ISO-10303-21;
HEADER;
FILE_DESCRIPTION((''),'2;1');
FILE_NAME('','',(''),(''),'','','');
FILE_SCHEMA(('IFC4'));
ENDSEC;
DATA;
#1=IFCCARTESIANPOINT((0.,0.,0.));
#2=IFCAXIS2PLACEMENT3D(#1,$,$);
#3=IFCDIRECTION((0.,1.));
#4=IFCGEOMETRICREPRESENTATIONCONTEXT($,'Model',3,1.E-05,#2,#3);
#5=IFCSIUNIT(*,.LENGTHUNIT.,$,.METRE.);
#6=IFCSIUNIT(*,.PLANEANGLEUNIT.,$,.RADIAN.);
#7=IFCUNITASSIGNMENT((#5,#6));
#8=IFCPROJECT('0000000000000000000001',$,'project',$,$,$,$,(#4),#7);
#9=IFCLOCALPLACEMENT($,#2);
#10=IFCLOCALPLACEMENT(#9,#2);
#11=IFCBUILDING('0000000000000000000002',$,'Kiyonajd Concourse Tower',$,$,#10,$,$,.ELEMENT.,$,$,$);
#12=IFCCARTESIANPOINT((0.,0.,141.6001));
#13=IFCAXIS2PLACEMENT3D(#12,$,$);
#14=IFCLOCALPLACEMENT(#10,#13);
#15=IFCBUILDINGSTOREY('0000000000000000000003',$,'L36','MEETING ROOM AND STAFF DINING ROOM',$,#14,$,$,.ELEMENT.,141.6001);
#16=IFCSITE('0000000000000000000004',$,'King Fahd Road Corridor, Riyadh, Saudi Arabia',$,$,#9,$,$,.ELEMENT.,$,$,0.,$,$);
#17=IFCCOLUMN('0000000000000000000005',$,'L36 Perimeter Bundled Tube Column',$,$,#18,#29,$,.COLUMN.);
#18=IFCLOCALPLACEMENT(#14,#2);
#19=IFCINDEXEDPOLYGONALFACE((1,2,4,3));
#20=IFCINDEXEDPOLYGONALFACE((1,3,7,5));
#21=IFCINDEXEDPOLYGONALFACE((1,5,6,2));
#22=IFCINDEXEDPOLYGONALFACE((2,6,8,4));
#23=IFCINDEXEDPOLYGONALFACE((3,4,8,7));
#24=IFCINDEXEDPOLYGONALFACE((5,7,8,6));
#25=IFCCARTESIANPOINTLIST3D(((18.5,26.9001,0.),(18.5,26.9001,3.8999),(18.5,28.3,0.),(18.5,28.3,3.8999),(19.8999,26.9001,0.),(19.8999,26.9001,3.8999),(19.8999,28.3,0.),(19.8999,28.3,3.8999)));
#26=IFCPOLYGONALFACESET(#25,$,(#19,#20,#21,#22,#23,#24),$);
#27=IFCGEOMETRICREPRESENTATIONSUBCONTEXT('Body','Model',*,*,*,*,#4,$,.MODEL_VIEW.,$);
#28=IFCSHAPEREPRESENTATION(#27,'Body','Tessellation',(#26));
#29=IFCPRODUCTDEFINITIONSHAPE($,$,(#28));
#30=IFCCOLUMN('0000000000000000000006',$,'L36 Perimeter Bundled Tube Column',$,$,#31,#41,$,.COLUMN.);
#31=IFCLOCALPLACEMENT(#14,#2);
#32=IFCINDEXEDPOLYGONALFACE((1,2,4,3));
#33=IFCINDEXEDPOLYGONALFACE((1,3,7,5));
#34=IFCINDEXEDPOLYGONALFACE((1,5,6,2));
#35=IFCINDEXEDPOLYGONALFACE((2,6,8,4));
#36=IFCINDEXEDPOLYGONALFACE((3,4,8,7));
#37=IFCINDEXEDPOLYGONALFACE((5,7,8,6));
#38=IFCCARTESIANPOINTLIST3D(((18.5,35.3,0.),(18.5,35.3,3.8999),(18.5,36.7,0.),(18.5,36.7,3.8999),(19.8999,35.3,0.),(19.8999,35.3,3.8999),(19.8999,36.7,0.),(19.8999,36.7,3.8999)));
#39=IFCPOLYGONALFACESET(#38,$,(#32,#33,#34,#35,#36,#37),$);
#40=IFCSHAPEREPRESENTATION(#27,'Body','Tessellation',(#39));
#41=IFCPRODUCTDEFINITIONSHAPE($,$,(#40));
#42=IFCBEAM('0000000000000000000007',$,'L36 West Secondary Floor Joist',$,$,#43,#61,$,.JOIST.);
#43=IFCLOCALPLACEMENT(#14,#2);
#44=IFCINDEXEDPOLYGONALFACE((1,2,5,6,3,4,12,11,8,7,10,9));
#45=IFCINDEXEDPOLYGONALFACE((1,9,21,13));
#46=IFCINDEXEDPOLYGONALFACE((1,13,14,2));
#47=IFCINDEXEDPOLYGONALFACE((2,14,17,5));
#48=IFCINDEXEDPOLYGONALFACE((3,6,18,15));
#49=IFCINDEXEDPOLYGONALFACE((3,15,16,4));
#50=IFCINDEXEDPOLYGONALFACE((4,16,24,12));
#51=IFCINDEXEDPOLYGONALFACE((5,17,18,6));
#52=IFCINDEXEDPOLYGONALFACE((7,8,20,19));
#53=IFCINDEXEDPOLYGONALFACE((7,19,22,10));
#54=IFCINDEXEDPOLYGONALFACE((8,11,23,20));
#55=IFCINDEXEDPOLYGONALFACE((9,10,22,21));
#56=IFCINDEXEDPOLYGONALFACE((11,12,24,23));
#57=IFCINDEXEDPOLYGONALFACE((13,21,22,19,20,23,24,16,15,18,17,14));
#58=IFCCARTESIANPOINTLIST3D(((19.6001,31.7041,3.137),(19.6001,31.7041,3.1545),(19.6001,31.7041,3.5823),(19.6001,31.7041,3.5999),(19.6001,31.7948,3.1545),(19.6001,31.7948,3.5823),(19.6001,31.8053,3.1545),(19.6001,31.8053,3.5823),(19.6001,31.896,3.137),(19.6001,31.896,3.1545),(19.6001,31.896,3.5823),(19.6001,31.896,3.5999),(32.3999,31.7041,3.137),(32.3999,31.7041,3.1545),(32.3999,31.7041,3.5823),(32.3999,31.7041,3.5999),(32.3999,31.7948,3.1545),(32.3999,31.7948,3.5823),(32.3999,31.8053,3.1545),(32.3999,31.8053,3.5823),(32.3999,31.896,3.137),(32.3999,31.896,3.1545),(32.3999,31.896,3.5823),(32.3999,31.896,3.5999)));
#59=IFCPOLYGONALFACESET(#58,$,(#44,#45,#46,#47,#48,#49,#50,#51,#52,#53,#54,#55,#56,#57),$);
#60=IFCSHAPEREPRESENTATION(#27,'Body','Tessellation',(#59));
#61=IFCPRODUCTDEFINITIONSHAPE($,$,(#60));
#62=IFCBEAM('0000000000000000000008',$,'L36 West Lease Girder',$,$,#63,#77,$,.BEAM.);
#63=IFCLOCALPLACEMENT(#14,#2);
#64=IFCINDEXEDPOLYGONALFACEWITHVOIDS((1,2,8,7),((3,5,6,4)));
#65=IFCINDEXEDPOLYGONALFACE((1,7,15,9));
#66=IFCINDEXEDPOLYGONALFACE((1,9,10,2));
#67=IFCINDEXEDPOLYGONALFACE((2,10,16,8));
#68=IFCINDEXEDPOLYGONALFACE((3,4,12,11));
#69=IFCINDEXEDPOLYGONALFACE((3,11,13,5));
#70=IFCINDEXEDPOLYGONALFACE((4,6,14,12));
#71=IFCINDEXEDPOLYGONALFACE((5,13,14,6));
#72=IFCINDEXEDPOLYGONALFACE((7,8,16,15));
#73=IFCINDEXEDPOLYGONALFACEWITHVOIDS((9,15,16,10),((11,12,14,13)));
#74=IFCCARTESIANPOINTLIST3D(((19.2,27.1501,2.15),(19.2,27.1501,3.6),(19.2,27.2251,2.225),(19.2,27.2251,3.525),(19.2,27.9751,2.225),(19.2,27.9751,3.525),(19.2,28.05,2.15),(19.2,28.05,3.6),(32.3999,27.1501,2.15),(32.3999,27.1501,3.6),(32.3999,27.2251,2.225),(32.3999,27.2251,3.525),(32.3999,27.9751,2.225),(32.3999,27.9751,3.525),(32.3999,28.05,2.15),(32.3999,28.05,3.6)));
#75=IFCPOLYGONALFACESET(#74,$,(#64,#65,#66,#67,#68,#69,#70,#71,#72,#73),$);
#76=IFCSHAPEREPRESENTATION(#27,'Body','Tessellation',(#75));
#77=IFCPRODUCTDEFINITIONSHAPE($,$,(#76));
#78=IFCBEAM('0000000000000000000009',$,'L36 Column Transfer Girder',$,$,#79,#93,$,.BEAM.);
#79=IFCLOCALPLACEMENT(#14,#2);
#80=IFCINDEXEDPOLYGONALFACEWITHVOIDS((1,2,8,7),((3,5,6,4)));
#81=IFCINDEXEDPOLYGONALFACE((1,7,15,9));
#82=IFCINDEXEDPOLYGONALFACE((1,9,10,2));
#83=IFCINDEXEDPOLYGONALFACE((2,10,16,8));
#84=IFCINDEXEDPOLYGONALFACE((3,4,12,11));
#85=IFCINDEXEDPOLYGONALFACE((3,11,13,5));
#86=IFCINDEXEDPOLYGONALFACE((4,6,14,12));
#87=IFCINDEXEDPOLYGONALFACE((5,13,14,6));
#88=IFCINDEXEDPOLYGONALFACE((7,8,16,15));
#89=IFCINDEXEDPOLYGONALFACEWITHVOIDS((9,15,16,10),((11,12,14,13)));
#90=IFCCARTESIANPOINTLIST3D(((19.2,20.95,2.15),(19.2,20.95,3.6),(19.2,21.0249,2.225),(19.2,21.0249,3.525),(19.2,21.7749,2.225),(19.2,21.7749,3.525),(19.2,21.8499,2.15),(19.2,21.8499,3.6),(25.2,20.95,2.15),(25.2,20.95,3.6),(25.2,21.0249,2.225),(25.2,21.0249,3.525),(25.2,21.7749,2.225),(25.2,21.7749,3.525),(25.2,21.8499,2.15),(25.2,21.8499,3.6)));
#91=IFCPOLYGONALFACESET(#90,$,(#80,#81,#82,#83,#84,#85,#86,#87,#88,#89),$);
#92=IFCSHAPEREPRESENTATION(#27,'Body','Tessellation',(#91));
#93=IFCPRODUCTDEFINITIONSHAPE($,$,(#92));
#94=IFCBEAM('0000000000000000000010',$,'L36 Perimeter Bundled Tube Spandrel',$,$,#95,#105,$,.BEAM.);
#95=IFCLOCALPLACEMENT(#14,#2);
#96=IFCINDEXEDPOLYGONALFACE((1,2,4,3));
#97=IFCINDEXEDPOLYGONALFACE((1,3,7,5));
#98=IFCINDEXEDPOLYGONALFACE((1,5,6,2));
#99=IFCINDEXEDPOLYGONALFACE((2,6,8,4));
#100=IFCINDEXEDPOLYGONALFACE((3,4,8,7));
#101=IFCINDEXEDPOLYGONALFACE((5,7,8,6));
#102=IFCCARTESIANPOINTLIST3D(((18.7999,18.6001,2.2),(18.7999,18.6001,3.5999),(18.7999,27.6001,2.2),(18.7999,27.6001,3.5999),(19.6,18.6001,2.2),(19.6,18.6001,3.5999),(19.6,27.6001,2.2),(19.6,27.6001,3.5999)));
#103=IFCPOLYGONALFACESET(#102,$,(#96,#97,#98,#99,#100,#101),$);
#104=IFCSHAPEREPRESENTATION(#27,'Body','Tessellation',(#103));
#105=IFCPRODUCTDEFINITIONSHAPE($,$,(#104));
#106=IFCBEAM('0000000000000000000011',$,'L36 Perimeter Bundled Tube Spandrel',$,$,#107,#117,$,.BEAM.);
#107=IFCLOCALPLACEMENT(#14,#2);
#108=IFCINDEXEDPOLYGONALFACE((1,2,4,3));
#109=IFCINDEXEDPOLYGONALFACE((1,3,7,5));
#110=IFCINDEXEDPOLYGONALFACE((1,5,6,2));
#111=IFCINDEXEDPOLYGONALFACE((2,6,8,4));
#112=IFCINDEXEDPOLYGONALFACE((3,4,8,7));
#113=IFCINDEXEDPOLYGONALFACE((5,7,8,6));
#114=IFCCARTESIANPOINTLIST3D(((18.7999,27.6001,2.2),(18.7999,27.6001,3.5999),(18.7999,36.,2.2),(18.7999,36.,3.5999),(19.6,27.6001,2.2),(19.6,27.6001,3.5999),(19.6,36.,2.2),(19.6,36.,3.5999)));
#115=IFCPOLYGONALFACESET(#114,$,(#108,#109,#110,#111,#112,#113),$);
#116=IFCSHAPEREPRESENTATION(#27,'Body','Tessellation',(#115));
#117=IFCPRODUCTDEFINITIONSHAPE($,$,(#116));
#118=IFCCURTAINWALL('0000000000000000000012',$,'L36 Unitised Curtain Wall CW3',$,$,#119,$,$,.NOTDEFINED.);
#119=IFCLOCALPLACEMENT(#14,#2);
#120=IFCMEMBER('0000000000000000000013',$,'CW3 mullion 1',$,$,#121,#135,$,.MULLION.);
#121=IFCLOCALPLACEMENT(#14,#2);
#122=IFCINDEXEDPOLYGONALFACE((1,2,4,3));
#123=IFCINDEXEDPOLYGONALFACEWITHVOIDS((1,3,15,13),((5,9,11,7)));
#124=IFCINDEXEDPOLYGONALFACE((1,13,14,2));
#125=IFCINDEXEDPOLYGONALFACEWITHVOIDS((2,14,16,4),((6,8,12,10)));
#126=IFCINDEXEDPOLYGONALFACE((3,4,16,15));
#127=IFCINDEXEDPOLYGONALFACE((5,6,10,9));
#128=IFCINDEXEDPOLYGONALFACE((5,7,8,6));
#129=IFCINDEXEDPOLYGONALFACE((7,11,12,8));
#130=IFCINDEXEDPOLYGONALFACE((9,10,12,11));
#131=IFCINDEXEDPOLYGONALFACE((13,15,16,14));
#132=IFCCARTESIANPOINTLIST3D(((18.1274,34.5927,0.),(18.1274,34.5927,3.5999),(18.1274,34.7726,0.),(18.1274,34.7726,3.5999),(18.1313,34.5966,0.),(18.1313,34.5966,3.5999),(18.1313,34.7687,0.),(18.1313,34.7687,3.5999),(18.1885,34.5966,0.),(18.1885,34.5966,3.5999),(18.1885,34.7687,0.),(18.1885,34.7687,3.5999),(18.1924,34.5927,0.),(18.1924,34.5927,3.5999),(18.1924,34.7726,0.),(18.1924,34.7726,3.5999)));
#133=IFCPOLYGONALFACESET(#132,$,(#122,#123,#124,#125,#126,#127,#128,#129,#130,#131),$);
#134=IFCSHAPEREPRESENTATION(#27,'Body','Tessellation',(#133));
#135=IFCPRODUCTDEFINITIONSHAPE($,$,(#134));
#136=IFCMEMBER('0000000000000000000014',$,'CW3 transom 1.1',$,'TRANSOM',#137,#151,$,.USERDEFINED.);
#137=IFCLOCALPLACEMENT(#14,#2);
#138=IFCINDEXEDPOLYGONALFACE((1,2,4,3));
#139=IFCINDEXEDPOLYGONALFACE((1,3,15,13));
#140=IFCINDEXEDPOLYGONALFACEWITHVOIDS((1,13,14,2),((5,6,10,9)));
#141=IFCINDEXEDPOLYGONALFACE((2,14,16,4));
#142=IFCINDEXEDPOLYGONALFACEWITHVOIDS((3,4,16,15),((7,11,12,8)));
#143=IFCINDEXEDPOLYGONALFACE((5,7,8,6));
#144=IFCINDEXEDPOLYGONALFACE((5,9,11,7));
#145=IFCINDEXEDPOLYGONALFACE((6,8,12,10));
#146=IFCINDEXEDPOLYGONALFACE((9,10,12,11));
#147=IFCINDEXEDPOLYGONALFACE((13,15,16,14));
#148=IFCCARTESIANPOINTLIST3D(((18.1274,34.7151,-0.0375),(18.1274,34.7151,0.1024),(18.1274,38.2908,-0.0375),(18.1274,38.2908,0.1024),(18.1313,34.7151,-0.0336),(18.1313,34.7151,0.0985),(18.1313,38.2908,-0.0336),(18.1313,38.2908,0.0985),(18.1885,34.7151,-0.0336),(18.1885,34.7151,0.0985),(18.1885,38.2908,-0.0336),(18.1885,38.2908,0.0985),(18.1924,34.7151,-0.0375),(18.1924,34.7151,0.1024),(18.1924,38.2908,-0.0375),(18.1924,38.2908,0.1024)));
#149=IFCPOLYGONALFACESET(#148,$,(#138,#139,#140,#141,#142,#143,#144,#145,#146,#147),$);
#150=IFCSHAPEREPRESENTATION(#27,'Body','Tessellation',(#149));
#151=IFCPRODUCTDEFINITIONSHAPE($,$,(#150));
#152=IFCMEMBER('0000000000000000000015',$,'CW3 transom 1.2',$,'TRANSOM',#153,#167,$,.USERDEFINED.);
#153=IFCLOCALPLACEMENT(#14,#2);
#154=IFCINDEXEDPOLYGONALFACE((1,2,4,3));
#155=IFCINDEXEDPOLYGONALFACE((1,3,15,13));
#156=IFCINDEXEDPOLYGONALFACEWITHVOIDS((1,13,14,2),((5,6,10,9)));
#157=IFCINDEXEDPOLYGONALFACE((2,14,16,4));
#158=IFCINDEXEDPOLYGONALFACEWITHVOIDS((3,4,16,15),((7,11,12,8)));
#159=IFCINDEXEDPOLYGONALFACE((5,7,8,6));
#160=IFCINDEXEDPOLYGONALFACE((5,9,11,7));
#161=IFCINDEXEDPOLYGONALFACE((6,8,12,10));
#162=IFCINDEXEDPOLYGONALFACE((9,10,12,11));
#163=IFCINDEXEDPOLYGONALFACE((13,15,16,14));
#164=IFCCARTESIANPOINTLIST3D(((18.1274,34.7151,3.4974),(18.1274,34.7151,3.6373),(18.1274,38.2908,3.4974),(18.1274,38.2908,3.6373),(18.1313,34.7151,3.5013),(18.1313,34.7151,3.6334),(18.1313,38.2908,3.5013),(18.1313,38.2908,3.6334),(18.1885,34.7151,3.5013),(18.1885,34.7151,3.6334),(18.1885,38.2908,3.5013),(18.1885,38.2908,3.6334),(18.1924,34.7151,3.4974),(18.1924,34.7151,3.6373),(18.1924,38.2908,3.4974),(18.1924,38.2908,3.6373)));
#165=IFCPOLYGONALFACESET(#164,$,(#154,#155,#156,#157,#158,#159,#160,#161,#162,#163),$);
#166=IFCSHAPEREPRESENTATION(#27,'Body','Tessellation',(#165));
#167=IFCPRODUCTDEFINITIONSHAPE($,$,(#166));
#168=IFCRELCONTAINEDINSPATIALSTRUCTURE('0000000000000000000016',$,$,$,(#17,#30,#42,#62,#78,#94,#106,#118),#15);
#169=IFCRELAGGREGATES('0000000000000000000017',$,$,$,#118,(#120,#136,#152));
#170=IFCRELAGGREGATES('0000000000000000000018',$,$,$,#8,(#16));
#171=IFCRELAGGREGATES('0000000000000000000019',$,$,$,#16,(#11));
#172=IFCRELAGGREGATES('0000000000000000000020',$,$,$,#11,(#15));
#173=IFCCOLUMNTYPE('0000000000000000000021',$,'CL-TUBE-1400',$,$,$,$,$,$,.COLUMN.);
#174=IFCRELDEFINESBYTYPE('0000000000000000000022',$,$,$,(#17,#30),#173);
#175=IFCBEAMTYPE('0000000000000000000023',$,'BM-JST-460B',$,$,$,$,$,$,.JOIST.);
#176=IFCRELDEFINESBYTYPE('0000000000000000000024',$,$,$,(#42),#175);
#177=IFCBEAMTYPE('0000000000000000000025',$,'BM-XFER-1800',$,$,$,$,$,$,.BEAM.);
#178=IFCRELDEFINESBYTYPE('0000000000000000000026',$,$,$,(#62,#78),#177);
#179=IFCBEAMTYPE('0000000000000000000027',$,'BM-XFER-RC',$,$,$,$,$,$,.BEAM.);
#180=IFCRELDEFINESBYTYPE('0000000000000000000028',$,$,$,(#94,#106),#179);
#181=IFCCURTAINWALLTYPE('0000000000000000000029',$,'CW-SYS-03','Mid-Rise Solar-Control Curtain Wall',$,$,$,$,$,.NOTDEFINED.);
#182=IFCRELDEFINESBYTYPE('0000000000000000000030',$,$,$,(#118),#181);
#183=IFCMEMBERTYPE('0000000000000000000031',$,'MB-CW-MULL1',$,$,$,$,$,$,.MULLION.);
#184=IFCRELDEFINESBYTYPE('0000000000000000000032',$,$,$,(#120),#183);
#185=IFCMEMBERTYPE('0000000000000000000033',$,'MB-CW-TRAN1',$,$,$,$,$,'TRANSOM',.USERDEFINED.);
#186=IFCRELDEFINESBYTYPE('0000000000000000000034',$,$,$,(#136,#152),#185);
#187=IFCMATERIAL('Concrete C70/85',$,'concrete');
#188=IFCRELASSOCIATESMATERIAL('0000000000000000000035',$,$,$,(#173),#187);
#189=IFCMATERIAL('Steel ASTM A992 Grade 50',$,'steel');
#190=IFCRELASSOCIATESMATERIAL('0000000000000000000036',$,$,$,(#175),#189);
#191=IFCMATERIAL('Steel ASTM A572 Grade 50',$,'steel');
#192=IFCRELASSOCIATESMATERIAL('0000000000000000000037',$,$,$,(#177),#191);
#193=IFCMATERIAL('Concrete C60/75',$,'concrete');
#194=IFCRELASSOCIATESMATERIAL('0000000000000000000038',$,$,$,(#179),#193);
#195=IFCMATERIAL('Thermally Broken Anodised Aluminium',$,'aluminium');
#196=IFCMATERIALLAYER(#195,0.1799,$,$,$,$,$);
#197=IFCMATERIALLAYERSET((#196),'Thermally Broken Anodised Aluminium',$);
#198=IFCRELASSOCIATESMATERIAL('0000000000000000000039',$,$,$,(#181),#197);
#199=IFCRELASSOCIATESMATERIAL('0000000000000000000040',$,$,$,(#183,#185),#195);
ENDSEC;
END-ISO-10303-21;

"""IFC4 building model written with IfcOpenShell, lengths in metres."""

from ifc_helpers import new_model, si_unit, direction, frame, origin, origin_2d, place, context, subcontext, project, spatial, rectangle, hollow_rectangle, i_section, extrude, material, layer, layer_set, material_profile, profile_set, type_object, element, aggregate, save


model = new_model("IFC4")

# Units and contexts
model_context = context("Model", 3, precision=1e-05, world=origin(), true_north=direction((0.0, 1.0)))
body_context = subcontext(model_context, "Body", "Model", "MODEL_VIEW")
ifc_project = project(units=[si_unit("LENGTHUNIT", "METRE"), si_unit("PLANEANGLEUNIT", "RADIAN")], contexts=[model_context])

# Site, building, storey
site_placement = place(None, origin())
site = spatial("IfcSite", under=ifc_project, at=site_placement, Name="King Fahd Road Corridor, Riyadh, Saudi Arabia", CompositionType="ELEMENT", RefElevation=0.0)
building_placement = place(site_placement, origin())
building = spatial("IfcBuilding", under=site, at=building_placement, Name="Kiyonajd Concourse Tower", CompositionType="ELEMENT")
storey_placement = place(building_placement, frame((0.0, 0.0, 141.6001)))
storey = spatial("IfcBuildingStorey", under=building, at=storey_placement, Name="L36", Description="MEETING ROOM AND STAFF DINING ROOM", CompositionType="ELEMENT", Elevation=141.6001)

# Columns
ifc_material_1 = material(Name="Concrete C70/85", Category="concrete")
ifc_material_profile_1 = material_profile(ifc_material_1, rectangle(XDim=1.3999, YDim=1.3999, at=origin_2d()), Name="RC-1400x1400")
ifc_profile_set_1 = profile_set([ifc_material_profile_1], Name="Concrete C70/85")
column_type = type_object("IfcColumnType", Name="CL-TUBE-1400", PredefinedType="COLUMN", material=ifc_profile_set_1)
for number, where, z_axis, x_axis, name in (
    (1, (19.2, 27.6001, 0.0), (0.0, 0.0, 1.0), (1.0, 0.0, 0.0), "L36 Perimeter Bundled Tube Column"),
    (2, (19.2, 36.0, 0.0), (0.0, 0.0, 1.0), (1.0, 0.0, 0.0), "L36 Perimeter Bundled Tube Column"),
):
    element("IfcColumn", number, at=place(storey_placement, frame(where, z_axis=z_axis, x_axis=x_axis)), inside=storey, type_object=column_type, Name=name, PredefinedType="COLUMN", context=body_context, shape_type="SweptSolid", body=[
        extrude(rectangle(XDim=1.3999, YDim=1.3999, at=origin_2d()), origin(), (0.0, 0.0, 1.0), 3.8999),
    ])

# Beams
ifc_material_2 = material(Name="Steel ASTM A992 Grade 50", Category="steel")
ifc_material_profile_2 = material_profile(ifc_material_2, i_section(OverallWidth=0.1919, OverallDepth=0.4629, WebThickness=0.0105, FlangeThickness=0.0176, at=origin_2d()), Name="W460X89")
ifc_profile_set_2 = profile_set([ifc_material_profile_2], Name="Steel ASTM A992 Grade 50")
beam_type_1 = type_object("IfcBeamType", Name="BM-JST-460B", PredefinedType="JOIST", material=ifc_profile_set_2)
beam_1_placement = place(storey_placement, frame((19.6001, 31.8, 3.3684), z_axis=(1.0, 0.0, 0.0), x_axis=(0.0, 1.0, 0.0)))
element("IfcBeam", 3, at=beam_1_placement, inside=storey, type_object=beam_type_1, Name="L36 West Secondary Floor Joist", PredefinedType="JOIST", context=body_context, shape_type="SweptSolid", body=[
    extrude(i_section(OverallWidth=0.1919, OverallDepth=0.4629, WebThickness=0.0105, FlangeThickness=0.0176, at=origin_2d()), origin(), (0.0, 0.0, 1.0), 12.7998),
])
ifc_material_3 = material(Name="Steel ASTM A572 Grade 50", Category="steel")
ifc_material_profile_3 = material_profile(ifc_material_3, hollow_rectangle(XDim=0.8999, YDim=1.45, WallThickness=0.075, at=origin_2d()), Name="BOX-1450x900x75")
ifc_profile_set_3 = profile_set([ifc_material_profile_3], Name="Steel ASTM A572 Grade 50")
beam_type_2 = type_object("IfcBeamType", Name="BM-XFER-1800", PredefinedType="BEAM", material=ifc_profile_set_3)
beam_2_placement = place(storey_placement, frame((19.2, 27.6001, 2.875), z_axis=(1.0, 0.0, 0.0), x_axis=(0.0, 1.0, 0.0)))
element("IfcBeam", 4, at=beam_2_placement, inside=storey, type_object=beam_type_2, Name="L36 West Lease Girder", PredefinedType="BEAM", context=body_context, shape_type="SweptSolid", body=[
    extrude(hollow_rectangle(XDim=0.8999, YDim=1.45, WallThickness=0.075, at=origin_2d()), origin(), (0.0, 0.0, 1.0), 13.2),
])
beam_3_placement = place(storey_placement, frame((19.2, 21.3999, 2.875), z_axis=(1.0, 0.0, 0.0), x_axis=(0.0, 1.0, 0.0)))
element("IfcBeam", 5, at=beam_3_placement, inside=storey, type_object=beam_type_2, Name="L36 Column Transfer Girder", PredefinedType="BEAM", context=body_context, shape_type="SweptSolid", body=[
    extrude(hollow_rectangle(XDim=0.8999, YDim=1.45, WallThickness=0.075, at=origin_2d()), origin(), (0.0, 0.0, 1.0), 6.0),
])
ifc_material_4 = material(Name="Concrete C60/75", Category="concrete")
ifc_material_profile_4 = material_profile(ifc_material_4, rectangle(XDim=0.8, YDim=1.3999, at=origin_2d()), Name="RCBM-800x1400")
ifc_profile_set_4 = profile_set([ifc_material_profile_4], Name="Concrete C60/75")
beam_type_3 = type_object("IfcBeamType", Name="BM-XFER-RC", PredefinedType="BEAM", material=ifc_profile_set_4)
beam_4_placement = place(storey_placement, frame((19.2, 27.6001, 2.8999), z_axis=(0.0, -1.0, 0.0), x_axis=(1.0, 0.0, 0.0)))
element("IfcBeam", 6, at=beam_4_placement, inside=storey, type_object=beam_type_3, Name="L36 Perimeter Bundled Tube Spandrel", PredefinedType="BEAM", context=body_context, shape_type="SweptSolid", body=[
    extrude(rectangle(XDim=0.8, YDim=1.3999, at=origin_2d()), origin(), (0.0, 0.0, 1.0), 9.0),
])
beam_5_placement = place(storey_placement, frame((19.2, 36.0, 2.8999), z_axis=(0.0, -1.0, 0.0), x_axis=(1.0, 0.0, 0.0)))
element("IfcBeam", 7, at=beam_5_placement, inside=storey, type_object=beam_type_3, Name="L36 Perimeter Bundled Tube Spandrel", PredefinedType="BEAM", context=body_context, shape_type="SweptSolid", body=[
    extrude(rectangle(XDim=0.8, YDim=1.3999, at=origin_2d()), origin(), (0.0, 0.0, 1.0), 8.3999),
])

# Curtain wall, members
ifc_material_5 = material(Name="Thermally Broken Anodised Aluminium", Category="aluminium")
ifc_layer_1 = layer(ifc_material_5, 0.1799)
ifc_layer_set_1 = layer_set([ifc_layer_1], Name="Thermally Broken Anodised Aluminium")
curtain_wall_type = type_object("IfcCurtainWallType", Name="CW-SYS-03", Description="Mid-Rise Solar-Control Curtain Wall", PredefinedType="NOTDEFINED", material=ifc_layer_set_1)
curtain_wall_placement = place(storey_placement, origin())
curtain_wall = element("IfcCurtainWall", 8, at=curtain_wall_placement, inside=storey, type_object=curtain_wall_type, Name="L36 Unitised Curtain Wall CW3", PredefinedType="NOTDEFINED")
ifc_material_profile_5 = material_profile(ifc_material_5, hollow_rectangle(XDim=0.0649, YDim=0.1799, WallThickness=0.0039, at=origin_2d()), Name="MULL-65x180")
ifc_profile_set_5 = profile_set([ifc_material_profile_5], Name="Thermally Broken Anodised Aluminium")
member_type_1 = type_object("IfcMemberType", Name="MB-CW-MULL1", PredefinedType="MULLION", material=ifc_profile_set_5)
member_1_placement = place(storey_placement, frame((18.1599, 34.6826, 0.0), z_axis=(0.0, 0.0, 1.0), x_axis=(-1.0, 0.0, 0.0)))
member_1 = element("IfcMember", 9, at=member_1_placement, type_object=member_type_1, Name="CW3 mullion 1", PredefinedType="MULLION", context=body_context, shape_type="SweptSolid", body=[
    extrude(hollow_rectangle(XDim=0.0649, YDim=0.1799, WallThickness=0.0039, at=origin_2d()), origin(), (0.0, 0.0, 1.0), 3.5999),
])
ifc_material_profile_6 = material_profile(ifc_material_5, hollow_rectangle(XDim=0.0649, YDim=0.1399, WallThickness=0.0039, at=origin_2d()), Name="TRAN-65x140")
ifc_profile_set_6 = profile_set([ifc_material_profile_6], Name="Thermally Broken Anodised Aluminium")
member_type_2 = type_object("IfcMemberType", Name="MB-CW-TRAN1", ElementType="TRANSOM", PredefinedType="USERDEFINED", material=ifc_profile_set_6)
member_2_placement = place(storey_placement, frame((18.1599, 34.7151, 0.0325), z_axis=(0.0, 1.0, 0.0), x_axis=(-1.0, 0.0, 0.0)))
member_2 = element("IfcMember", 10, at=member_2_placement, type_object=member_type_2, Name="CW3 transom 1.1", ObjectType="TRANSOM", PredefinedType="USERDEFINED", context=body_context, shape_type="SweptSolid", body=[
    extrude(hollow_rectangle(XDim=0.0649, YDim=0.1399, WallThickness=0.0039, at=origin_2d()), origin(), (0.0, 0.0, 1.0), 3.5757),
])
member_3_placement = place(storey_placement, frame((18.1599, 34.7151, 3.5674), z_axis=(0.0, 1.0, 0.0), x_axis=(-1.0, 0.0, 0.0)))
member_3 = element("IfcMember", 11, at=member_3_placement, type_object=member_type_2, Name="CW3 transom 1.2", ObjectType="TRANSOM", PredefinedType="USERDEFINED", context=body_context, shape_type="SweptSolid", body=[
    extrude(hollow_rectangle(XDim=0.0649, YDim=0.1399, WallThickness=0.0039, at=origin_2d()), origin(), (0.0, 0.0, 1.0), 3.5757),
])
aggregate(curtain_wall, [member_1, member_2, member_3])

save(model, "model.ifc")
